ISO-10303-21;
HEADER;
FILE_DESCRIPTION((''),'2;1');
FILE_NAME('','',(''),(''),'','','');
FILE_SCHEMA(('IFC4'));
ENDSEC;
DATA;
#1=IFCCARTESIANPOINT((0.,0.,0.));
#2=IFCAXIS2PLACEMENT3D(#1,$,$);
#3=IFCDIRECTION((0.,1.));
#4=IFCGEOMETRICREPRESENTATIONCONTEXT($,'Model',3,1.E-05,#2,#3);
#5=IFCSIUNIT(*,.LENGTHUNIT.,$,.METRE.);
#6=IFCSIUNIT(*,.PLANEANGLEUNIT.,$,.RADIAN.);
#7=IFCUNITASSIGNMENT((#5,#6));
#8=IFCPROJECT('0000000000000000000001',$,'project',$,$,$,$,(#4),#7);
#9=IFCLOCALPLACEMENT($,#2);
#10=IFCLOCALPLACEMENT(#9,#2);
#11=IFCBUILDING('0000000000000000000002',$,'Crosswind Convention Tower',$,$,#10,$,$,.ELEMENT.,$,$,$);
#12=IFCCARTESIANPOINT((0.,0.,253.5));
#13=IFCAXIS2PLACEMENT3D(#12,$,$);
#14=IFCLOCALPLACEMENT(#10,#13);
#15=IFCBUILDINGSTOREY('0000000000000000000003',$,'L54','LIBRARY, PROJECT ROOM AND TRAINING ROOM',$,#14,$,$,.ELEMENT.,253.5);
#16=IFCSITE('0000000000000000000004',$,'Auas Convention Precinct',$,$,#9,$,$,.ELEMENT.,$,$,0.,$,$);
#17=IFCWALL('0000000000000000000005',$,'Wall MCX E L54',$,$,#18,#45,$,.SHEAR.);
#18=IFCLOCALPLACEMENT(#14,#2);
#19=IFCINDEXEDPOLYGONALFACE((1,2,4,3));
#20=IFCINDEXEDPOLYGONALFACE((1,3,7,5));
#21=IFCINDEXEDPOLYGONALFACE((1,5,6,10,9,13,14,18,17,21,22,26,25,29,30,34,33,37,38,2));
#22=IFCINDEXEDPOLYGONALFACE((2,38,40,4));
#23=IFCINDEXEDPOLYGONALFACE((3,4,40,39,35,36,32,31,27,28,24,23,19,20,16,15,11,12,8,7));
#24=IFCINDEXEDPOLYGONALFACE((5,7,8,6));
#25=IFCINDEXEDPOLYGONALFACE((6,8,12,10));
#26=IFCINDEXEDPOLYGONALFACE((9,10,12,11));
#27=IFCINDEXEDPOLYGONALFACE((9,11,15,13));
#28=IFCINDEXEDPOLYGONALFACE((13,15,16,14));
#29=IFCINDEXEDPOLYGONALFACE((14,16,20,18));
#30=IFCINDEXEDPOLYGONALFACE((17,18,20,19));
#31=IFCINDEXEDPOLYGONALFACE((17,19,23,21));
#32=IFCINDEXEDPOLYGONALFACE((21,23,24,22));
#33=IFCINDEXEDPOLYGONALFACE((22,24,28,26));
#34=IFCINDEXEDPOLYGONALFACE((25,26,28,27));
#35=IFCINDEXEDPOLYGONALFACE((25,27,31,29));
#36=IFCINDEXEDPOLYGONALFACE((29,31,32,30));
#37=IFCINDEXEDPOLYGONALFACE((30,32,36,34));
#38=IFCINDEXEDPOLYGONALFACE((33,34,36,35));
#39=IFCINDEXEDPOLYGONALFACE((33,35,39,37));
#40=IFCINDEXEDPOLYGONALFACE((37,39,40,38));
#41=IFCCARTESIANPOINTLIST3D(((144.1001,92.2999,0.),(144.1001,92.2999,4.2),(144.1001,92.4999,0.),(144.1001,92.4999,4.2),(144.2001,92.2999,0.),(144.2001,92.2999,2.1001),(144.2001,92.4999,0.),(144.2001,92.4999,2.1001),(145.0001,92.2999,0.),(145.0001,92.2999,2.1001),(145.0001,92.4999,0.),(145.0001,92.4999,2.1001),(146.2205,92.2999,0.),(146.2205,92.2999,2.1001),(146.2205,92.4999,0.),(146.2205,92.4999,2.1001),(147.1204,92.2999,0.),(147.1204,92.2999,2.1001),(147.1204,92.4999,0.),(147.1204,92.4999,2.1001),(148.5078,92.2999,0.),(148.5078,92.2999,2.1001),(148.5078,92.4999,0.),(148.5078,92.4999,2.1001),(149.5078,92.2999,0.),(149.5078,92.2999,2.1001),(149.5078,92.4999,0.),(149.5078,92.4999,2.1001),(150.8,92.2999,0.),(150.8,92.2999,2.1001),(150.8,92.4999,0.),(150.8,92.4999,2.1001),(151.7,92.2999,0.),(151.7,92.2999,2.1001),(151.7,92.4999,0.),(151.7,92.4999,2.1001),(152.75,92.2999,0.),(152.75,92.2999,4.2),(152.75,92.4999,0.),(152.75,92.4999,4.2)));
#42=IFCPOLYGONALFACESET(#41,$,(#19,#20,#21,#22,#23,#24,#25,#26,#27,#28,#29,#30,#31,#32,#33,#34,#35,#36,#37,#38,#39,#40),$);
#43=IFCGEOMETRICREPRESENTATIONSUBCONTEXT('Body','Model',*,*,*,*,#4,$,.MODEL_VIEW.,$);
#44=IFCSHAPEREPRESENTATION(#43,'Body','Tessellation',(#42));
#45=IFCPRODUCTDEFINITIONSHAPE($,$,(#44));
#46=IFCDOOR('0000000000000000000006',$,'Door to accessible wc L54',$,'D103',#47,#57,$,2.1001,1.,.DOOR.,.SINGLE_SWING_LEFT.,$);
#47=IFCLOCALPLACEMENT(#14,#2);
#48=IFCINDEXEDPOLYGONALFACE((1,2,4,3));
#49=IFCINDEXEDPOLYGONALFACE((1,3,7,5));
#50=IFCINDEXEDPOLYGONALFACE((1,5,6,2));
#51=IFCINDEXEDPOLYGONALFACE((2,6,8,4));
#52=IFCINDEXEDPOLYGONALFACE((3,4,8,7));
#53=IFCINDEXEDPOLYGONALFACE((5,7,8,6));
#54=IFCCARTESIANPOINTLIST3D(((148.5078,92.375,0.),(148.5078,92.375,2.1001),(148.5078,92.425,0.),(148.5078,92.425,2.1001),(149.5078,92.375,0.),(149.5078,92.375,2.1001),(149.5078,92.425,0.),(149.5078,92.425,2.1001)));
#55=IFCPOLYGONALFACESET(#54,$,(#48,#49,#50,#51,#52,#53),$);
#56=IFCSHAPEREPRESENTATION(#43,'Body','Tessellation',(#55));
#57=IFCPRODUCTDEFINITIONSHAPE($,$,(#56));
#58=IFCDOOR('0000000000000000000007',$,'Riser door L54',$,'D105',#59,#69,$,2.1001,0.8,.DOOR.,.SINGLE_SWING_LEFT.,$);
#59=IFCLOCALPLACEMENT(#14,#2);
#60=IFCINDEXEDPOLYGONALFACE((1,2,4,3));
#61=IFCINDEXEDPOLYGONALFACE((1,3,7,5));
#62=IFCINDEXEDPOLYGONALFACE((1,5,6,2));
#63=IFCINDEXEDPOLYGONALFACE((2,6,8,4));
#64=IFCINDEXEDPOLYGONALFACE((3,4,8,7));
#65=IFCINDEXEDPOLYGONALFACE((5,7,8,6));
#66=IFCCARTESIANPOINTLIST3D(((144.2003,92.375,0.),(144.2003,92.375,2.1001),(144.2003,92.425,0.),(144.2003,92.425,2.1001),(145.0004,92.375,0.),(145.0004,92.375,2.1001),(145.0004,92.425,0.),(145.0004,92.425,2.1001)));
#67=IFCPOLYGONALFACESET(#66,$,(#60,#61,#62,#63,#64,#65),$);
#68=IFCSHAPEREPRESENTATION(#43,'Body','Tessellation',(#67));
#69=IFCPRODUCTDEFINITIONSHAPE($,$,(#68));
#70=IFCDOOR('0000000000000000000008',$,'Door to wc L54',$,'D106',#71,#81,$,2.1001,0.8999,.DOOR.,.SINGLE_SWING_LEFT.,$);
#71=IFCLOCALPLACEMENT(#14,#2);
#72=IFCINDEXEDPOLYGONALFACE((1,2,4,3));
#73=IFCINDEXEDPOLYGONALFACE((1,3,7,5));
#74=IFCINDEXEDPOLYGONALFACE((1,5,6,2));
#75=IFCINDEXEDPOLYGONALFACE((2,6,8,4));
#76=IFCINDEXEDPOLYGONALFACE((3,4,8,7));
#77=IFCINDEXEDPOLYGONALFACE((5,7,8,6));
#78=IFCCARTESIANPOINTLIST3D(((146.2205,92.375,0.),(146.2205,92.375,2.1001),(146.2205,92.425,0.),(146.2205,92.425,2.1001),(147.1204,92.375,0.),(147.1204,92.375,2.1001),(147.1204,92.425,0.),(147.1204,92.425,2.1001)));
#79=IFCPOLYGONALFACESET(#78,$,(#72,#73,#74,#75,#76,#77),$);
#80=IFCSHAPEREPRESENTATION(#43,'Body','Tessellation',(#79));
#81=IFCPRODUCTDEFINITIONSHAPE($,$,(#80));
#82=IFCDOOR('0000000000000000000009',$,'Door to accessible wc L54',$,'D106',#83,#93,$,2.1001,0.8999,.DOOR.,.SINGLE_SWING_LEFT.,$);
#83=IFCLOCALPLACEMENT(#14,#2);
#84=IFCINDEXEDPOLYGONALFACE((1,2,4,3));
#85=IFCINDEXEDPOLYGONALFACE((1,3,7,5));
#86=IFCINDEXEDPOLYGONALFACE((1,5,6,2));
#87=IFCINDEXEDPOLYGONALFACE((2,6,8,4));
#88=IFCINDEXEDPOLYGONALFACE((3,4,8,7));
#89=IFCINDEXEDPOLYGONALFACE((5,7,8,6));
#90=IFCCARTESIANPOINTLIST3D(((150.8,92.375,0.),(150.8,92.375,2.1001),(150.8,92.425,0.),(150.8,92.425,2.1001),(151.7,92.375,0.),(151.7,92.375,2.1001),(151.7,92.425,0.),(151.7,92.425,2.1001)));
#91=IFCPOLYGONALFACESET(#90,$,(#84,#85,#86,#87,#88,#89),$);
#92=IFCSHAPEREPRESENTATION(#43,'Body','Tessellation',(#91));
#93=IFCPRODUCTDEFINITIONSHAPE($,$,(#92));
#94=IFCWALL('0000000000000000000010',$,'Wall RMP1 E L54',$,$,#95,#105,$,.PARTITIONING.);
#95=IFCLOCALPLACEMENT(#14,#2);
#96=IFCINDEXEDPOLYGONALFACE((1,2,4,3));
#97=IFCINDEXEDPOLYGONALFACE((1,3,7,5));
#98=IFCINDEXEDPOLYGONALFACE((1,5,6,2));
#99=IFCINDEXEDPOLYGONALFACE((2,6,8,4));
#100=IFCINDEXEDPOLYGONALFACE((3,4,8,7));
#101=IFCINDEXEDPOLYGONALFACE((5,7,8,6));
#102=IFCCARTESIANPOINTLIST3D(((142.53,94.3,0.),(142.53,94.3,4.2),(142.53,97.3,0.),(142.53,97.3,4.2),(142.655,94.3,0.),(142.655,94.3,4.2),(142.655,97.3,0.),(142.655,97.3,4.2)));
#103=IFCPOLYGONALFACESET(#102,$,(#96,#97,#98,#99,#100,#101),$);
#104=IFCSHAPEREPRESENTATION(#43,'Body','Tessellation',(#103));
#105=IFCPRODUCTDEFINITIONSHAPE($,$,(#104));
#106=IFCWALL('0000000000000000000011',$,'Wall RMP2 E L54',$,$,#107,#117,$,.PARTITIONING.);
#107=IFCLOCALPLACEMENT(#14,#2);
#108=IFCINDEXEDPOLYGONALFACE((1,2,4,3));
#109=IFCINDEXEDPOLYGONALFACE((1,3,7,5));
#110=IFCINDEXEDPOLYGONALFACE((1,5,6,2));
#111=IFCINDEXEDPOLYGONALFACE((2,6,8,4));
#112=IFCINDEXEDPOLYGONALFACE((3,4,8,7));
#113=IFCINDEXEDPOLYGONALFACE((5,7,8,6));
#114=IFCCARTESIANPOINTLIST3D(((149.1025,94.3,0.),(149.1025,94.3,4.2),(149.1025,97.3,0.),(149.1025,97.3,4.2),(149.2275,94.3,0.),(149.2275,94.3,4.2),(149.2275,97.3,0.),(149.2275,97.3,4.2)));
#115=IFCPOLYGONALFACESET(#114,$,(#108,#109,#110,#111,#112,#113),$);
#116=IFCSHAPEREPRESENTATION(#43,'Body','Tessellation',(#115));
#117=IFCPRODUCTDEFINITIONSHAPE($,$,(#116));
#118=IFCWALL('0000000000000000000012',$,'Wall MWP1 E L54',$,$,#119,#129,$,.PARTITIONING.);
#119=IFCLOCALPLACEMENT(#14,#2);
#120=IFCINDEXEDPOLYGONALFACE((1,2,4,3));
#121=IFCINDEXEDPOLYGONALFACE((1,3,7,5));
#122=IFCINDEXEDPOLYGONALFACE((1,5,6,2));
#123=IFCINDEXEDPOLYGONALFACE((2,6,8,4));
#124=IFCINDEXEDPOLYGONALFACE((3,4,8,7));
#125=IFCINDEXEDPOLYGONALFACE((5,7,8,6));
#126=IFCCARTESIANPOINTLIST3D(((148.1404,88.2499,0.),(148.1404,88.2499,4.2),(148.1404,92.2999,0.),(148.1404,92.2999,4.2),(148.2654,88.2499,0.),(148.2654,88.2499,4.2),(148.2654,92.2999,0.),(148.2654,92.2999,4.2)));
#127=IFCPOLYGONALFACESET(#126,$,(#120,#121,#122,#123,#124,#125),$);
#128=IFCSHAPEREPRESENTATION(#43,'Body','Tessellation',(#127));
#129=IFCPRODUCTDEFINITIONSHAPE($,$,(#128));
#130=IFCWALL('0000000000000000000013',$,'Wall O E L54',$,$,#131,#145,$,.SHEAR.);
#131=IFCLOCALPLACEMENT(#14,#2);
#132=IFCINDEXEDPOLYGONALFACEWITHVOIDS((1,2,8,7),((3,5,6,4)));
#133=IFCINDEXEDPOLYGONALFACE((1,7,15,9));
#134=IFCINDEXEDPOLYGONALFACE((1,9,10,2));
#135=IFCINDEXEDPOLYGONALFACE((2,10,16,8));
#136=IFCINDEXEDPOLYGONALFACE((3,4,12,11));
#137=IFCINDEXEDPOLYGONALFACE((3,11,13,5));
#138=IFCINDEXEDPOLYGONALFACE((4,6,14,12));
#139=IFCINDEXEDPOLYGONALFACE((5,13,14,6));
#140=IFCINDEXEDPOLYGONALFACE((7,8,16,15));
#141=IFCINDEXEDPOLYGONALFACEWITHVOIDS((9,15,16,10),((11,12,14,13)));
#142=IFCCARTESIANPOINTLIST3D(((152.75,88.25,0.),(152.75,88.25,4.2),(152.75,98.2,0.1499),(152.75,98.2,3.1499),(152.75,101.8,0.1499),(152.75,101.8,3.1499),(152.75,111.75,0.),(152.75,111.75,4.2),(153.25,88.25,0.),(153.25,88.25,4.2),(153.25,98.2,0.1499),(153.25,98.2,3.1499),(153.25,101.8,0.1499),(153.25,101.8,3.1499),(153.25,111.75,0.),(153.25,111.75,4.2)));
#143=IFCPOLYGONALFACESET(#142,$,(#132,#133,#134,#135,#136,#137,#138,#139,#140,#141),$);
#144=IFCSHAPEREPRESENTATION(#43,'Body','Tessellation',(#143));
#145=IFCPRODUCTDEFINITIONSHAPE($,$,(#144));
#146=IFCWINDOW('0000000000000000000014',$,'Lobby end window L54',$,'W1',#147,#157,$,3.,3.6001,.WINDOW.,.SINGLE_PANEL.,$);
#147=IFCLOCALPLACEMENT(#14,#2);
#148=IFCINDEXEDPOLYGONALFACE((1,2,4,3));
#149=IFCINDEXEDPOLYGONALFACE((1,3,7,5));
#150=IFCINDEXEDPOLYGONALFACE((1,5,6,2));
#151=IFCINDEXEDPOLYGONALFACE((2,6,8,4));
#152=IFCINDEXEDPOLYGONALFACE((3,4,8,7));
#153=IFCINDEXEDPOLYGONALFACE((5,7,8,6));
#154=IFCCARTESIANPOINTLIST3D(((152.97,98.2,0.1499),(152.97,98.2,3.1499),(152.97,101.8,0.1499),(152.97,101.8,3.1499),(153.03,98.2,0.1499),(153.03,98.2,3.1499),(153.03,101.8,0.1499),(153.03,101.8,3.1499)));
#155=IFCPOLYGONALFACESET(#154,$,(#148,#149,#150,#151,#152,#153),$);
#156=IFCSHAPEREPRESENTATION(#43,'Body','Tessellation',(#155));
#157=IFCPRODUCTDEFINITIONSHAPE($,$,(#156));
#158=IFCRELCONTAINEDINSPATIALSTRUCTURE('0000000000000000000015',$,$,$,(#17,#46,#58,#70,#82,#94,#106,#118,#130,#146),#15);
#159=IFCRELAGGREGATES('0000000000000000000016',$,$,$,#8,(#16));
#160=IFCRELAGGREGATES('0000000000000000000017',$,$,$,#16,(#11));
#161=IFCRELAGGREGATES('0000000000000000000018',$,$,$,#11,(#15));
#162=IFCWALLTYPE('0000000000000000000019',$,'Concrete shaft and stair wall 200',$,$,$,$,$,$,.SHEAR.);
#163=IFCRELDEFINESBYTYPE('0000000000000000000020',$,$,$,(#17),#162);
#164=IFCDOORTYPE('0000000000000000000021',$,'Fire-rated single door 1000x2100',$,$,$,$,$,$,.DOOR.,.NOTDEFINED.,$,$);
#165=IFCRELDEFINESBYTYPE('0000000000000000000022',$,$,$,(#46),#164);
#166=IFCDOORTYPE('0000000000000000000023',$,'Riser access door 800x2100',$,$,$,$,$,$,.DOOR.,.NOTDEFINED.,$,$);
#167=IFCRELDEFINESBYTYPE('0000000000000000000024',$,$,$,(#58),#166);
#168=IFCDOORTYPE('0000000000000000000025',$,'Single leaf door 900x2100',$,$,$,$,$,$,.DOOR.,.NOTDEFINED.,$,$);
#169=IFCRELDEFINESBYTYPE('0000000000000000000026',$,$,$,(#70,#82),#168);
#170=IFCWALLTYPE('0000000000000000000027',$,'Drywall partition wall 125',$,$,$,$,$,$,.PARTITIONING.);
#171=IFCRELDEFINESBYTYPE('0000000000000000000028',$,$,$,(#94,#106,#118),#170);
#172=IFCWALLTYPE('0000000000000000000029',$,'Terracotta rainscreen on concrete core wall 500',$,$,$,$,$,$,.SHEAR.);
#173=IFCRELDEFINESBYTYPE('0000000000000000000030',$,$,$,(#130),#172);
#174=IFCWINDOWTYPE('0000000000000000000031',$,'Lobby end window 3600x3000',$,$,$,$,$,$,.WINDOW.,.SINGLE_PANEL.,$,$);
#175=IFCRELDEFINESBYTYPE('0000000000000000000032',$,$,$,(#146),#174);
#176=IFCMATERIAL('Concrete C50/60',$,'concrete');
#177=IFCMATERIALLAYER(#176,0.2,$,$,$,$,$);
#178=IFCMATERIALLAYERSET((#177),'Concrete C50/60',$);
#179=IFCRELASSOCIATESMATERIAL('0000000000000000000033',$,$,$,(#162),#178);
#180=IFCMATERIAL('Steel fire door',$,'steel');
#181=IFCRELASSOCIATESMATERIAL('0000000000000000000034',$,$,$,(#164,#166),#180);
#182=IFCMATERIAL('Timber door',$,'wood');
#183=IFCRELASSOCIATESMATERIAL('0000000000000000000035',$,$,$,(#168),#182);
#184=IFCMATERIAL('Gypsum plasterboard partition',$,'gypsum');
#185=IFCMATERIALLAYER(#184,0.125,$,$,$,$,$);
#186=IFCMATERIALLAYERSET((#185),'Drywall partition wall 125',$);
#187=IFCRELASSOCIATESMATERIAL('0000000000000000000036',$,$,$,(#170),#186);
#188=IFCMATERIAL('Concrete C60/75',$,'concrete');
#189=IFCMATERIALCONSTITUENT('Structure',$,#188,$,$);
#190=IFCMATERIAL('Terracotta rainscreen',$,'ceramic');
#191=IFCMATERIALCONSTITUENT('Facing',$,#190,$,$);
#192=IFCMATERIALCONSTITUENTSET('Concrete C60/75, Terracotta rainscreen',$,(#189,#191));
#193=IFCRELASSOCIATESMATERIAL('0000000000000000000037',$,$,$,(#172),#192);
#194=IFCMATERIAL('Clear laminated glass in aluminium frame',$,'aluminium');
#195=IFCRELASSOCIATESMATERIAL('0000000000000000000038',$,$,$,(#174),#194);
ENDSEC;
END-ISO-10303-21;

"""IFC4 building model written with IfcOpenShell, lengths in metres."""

from ifc_helpers import new_model, si_unit, direction, frame, frame_2d, origin, place, context, subcontext, project, spatial, rectangle, extrude, material, layer, layer_set, constituent, constituent_set, type_object, element, fill, save


model = new_model("IFC4")

# Units and contexts
model_context = context("Model", 3, precision=1e-05, world=origin(), true_north=direction((0.0, 1.0)))
body_context = subcontext(model_context, "Body", "Model", "MODEL_VIEW")
ifc_project = project(units=[si_unit("LENGTHUNIT", "METRE"), si_unit("PLANEANGLEUNIT", "RADIAN")], contexts=[model_context])

# Site, building, storey
site_placement = place(None, origin())
site = spatial("IfcSite", under=ifc_project, at=site_placement, Name="Auas Convention Precinct", CompositionType="ELEMENT", RefElevation=0.0)
building_placement = place(site_placement, origin())
building = spatial("IfcBuilding", under=site, at=building_placement, Name="Crosswind Convention Tower", CompositionType="ELEMENT")
storey_placement = place(building_placement, frame((0.0, 0.0, 253.5)))
storey = spatial("IfcBuildingStorey", under=building, at=storey_placement, Name="L54", Description="LIBRARY, PROJECT ROOM AND TRAINING ROOM", CompositionType="ELEMENT", Elevation=253.5)

# Shared definitions
ifc_material_1 = material(Name="Concrete C50/60", Category="concrete")

# Shared definitions
ifc_layer_1 = layer(ifc_material_1, 0.2)
ifc_layer_set_1 = layer_set([ifc_layer_1], Name="Concrete C50/60")
wall_type_1 = type_object("IfcWallType", Name="Concrete shaft and stair wall 200", PredefinedType="SHEAR", material=ifc_layer_set_1)

# Shared definitions
ifc_material_2 = material(Name="Steel fire door", Category="steel")

# Shared definitions
door_type_1 = type_object("IfcDoorType", Name="Fire-rated single door 1000x2100", OperationType="NOTDEFINED", PredefinedType="DOOR", material=ifc_material_2)

# Wall, openings, doors
wall_1_placement = place(storey_placement, frame((144.1001, 92.3999, 0.0), z_axis=(0.0, 0.0, 1.0), x_axis=(1.0, 0.0, 0.0)))
wall_1 = element("IfcWall", 1, at=wall_1_placement, inside=storey, type_object=wall_type_1, Name="Wall MCX E L54", PredefinedType="SHEAR", context=body_context, shape_type="SweptSolid", body=[
    extrude(rectangle(XDim=8.6499, YDim=0.2, at=frame_2d((4.325, 0.0))), origin(), (0.0, 0.0, 1.0), 4.2),
])
opening_1_placement = place(wall_1_placement, frame((0.1001, 0.0, 0.0)))
opening_1 = element("IfcOpeningElement", 2, at=opening_1_placement, cuts=wall_1, PredefinedType="OPENING", context=body_context, shape_type="SweptSolid", body=[
    extrude(rectangle(XDim=0.8, YDim=2.1001, at=frame_2d((0.3999, 1.05))), frame((0.0, 0.1099, 0.0), z_axis=(0.0, -1.0, 0.0), x_axis=(1.0, 0.0, 0.0)), (0.0, 0.0, 1.0), 0.22),
])
opening_2_placement = place(wall_1_placement, frame((2.1204, 0.0, 0.0)))
opening_2 = element("IfcOpeningElement", 3, at=opening_2_placement, cuts=wall_1, PredefinedType="OPENING", context=body_context, shape_type="SweptSolid", body=[
    extrude(rectangle(XDim=0.8999, YDim=2.1001, at=frame_2d((0.45, 1.05))), frame((0.0, 0.1099, 0.0), z_axis=(0.0, -1.0, 0.0), x_axis=(1.0, 0.0, 0.0)), (0.0, 0.0, 1.0), 0.22),
])
opening_3_placement = place(wall_1_placement, frame((4.4077, 0.0, 0.0)))
opening_3 = element("IfcOpeningElement", 4, at=opening_3_placement, cuts=wall_1, PredefinedType="OPENING", context=body_context, shape_type="SweptSolid", body=[
    extrude(rectangle(XDim=1.0, YDim=2.1001, at=frame_2d((0.5, 1.05))), frame((0.0, 0.1099, 0.0), z_axis=(0.0, -1.0, 0.0), x_axis=(1.0, 0.0, 0.0)), (0.0, 0.0, 1.0), 0.22),
])
opening_4_placement = place(wall_1_placement, frame((6.7, 0.0, 0.0)))
opening_4 = element("IfcOpeningElement", 5, at=opening_4_placement, cuts=wall_1, PredefinedType="OPENING", context=body_context, shape_type="SweptSolid", body=[
    extrude(rectangle(XDim=0.8999, YDim=2.1001, at=frame_2d((0.45, 1.05))), frame((0.0, 0.1099, 0.0), z_axis=(0.0, -1.0, 0.0), x_axis=(1.0, 0.0, 0.0)), (0.0, 0.0, 1.0), 0.22),
])
door_1_placement = place(opening_3_placement, frame((1.0, 0.0, 0.0), z_axis=(0.0, 0.0, 1.0), x_axis=(-1.0, 0.0, 0.0)))
door_1 = element("IfcDoor", 6, at=door_1_placement, inside=storey, type_object=door_type_1, Name="Door to accessible wc L54", ObjectType="D103", OperationType="SINGLE_SWING_LEFT", OverallHeight=2.1001, OverallWidth=1.0, PredefinedType="DOOR", context=body_context, shape_type="SweptSolid", body=[
    extrude(rectangle(XDim=1.0, YDim=2.1001, at=frame_2d((0.5, 1.05))), frame((0.0, 0.0249, 0.0), z_axis=(0.0, -1.0, 0.0), x_axis=(1.0, 0.0, 0.0)), (0.0, 0.0, 1.0), 0.05),
])
fill(opening_3, door_1)
door_type_2 = type_object("IfcDoorType", Name="Riser access door 800x2100", OperationType="NOTDEFINED", PredefinedType="DOOR", material=ifc_material_2)
door_2_placement = place(opening_1_placement, frame((0.8, 0.0, 0.0), z_axis=(0.0, 0.0, 1.0), x_axis=(-1.0, 0.0, 0.0)))
door_2 = element("IfcDoor", 7, at=door_2_placement, inside=storey, type_object=door_type_2, Name="Riser door L54", ObjectType="D105", OperationType="SINGLE_SWING_LEFT", OverallHeight=2.1001, OverallWidth=0.8, PredefinedType="DOOR", context=body_context, shape_type="SweptSolid", body=[
    extrude(rectangle(XDim=0.8, YDim=2.1001, at=frame_2d((0.3999, 1.05))), frame((0.0, 0.0249, 0.0), z_axis=(0.0, -1.0, 0.0), x_axis=(1.0, 0.0, 0.0)), (0.0, 0.0, 1.0), 0.05),
])
fill(opening_1, door_2)
ifc_material_3 = material(Name="Timber door", Category="wood")
door_type_3 = type_object("IfcDoorType", Name="Single leaf door 900x2100", OperationType="NOTDEFINED", PredefinedType="DOOR", material=ifc_material_3)
door_3_placement = place(opening_2_placement, frame((0.8999, 0.0, 0.0), z_axis=(0.0, 0.0, 1.0), x_axis=(-1.0, 0.0, 0.0)))
door_3 = element("IfcDoor", 8, at=door_3_placement, inside=storey, type_object=door_type_3, Name="Door to wc L54", ObjectType="D106", OperationType="SINGLE_SWING_LEFT", OverallHeight=2.1001, OverallWidth=0.8999, PredefinedType="DOOR", context=body_context, shape_type="SweptSolid", body=[
    extrude(rectangle(XDim=0.8999, YDim=2.1001, at=frame_2d((0.45, 1.05))), frame((0.0, 0.0249, 0.0), z_axis=(0.0, -1.0, 0.0), x_axis=(1.0, 0.0, 0.0)), (0.0, 0.0, 1.0), 0.05),
])
fill(opening_2, door_3)
door_4_placement = place(opening_4_placement, frame((0.8999, 0.0, 0.0), z_axis=(0.0, 0.0, 1.0), x_axis=(-1.0, 0.0, 0.0)))
door_4 = element("IfcDoor", 9, at=door_4_placement, inside=storey, type_object=door_type_3, Name="Door to accessible wc L54", ObjectType="D106", OperationType="SINGLE_SWING_LEFT", OverallHeight=2.1001, OverallWidth=0.8999, PredefinedType="DOOR", context=body_context, shape_type="SweptSolid", body=[
    extrude(rectangle(XDim=0.8999, YDim=2.1001, at=frame_2d((0.45, 1.05))), frame((0.0, 0.0249, 0.0), z_axis=(0.0, -1.0, 0.0), x_axis=(1.0, 0.0, 0.0)), (0.0, 0.0, 1.0), 0.05),
])
fill(opening_4, door_4)

# Walls
ifc_material_4 = material(Name="Gypsum plasterboard partition", Category="gypsum")
ifc_layer_2 = layer(ifc_material_4, 0.125)
ifc_layer_set_2 = layer_set([ifc_layer_2], Name="Drywall partition wall 125")
wall_type_2 = type_object("IfcWallType", Name="Drywall partition wall 125", PredefinedType="PARTITIONING", material=ifc_layer_set_2)
for number, where, z_axis, x_axis, name in (
    (10, (142.5925, 94.3, 0.0), (0.0, 0.0, 1.0), (0.0, 1.0, 0.0), "Wall RMP1 E L54"),
    (11, (149.165, 94.3, 0.0), (0.0, 0.0, 1.0), (0.0, 1.0, 0.0), "Wall RMP2 E L54"),
):
    element("IfcWall", number, at=place(storey_placement, frame(where, z_axis=z_axis, x_axis=x_axis)), inside=storey, type_object=wall_type_2, Name=name, PredefinedType="PARTITIONING", context=body_context, shape_type="SweptSolid", body=[
        extrude(rectangle(XDim=3.0, YDim=0.125, at=frame_2d((1.5, 0.0))), origin(), (0.0, 0.0, 1.0), 4.2),
    ])
wall_2_placement = place(storey_placement, frame((148.2029, 88.25, 0.0), z_axis=(0.0, 0.0, 1.0), x_axis=(0.0, 1.0, 0.0)))
element("IfcWall", 12, at=wall_2_placement, inside=storey, type_object=wall_type_2, Name="Wall MWP1 E L54", PredefinedType="PARTITIONING", context=body_context, shape_type="SweptSolid", body=[
    extrude(rectangle(XDim=4.05, YDim=0.125, at=frame_2d((2.0249, 0.0))), origin(), (0.0, 0.0, 1.0), 4.2),
])

# Wall, opening, window
ifc_material_5 = material(Name="Concrete C60/75", Category="concrete")
ifc_constituent_1 = constituent(ifc_material_5, Name="Structure")
ifc_material_6 = material(Name="Terracotta rainscreen", Category="ceramic")
ifc_constituent_2 = constituent(ifc_material_6, Name="Facing")
ifc_constituent_set = constituent_set(constituents=[ifc_constituent_1, ifc_constituent_2], Name="Concrete C60/75, Terracotta rainscreen")
wall_type_3 = type_object("IfcWallType", Name="Terracotta rainscreen on concrete core wall 500", PredefinedType="SHEAR", material=ifc_constituent_set)
wall_3_placement = place(storey_placement, frame((153.0, 88.25, 0.0), z_axis=(0.0, 0.0, 1.0), x_axis=(0.0, 1.0, 0.0)))
wall_3 = element("IfcWall", 13, at=wall_3_placement, inside=storey, type_object=wall_type_3, Name="Wall O E L54", PredefinedType="SHEAR", context=body_context, shape_type="SweptSolid", body=[
    extrude(rectangle(XDim=23.5, YDim=0.5, at=frame_2d((11.75, 0.0))), origin(), (0.0, 0.0, 1.0), 4.2),
])
opening_5_placement = place(wall_3_placement, frame((9.95, 0.0, 0.1499)))
opening_5 = element("IfcOpeningElement", 14, at=opening_5_placement, cuts=wall_3, PredefinedType="OPENING", context=body_context, shape_type="SweptSolid", body=[
    extrude(rectangle(XDim=3.6001, YDim=3.0, at=frame_2d((1.8, 1.5))), frame((0.0, 0.26, 0.0), z_axis=(0.0, -1.0, 0.0), x_axis=(1.0, 0.0, 0.0)), (0.0, 0.0, 1.0), 0.52),
])
ifc_material_7 = material(Name="Clear laminated glass in aluminium frame", Category="aluminium")
window_type = type_object("IfcWindowType", Name="Lobby end window 3600x3000", PartitioningType="SINGLE_PANEL", PredefinedType="WINDOW", material=ifc_material_7)
window_placement = place(opening_5_placement, origin())
window = element("IfcWindow", 15, at=window_placement, inside=storey, type_object=window_type, Name="Lobby end window L54", ObjectType="W1", OverallHeight=3.0, OverallWidth=3.6001, PartitioningType="SINGLE_PANEL", PredefinedType="WINDOW", context=body_context, shape_type="SweptSolid", body=[
    extrude(rectangle(XDim=3.6001, YDim=3.0, at=frame_2d((1.8, 1.5))), frame((0.0, 0.03, 0.0), z_axis=(0.0, -1.0, 0.0), x_axis=(1.0, 0.0, 0.0)), (0.0, 0.0, 1.0), 0.0601),
])
fill(opening_5, window)

save(model, "model.ifc")
